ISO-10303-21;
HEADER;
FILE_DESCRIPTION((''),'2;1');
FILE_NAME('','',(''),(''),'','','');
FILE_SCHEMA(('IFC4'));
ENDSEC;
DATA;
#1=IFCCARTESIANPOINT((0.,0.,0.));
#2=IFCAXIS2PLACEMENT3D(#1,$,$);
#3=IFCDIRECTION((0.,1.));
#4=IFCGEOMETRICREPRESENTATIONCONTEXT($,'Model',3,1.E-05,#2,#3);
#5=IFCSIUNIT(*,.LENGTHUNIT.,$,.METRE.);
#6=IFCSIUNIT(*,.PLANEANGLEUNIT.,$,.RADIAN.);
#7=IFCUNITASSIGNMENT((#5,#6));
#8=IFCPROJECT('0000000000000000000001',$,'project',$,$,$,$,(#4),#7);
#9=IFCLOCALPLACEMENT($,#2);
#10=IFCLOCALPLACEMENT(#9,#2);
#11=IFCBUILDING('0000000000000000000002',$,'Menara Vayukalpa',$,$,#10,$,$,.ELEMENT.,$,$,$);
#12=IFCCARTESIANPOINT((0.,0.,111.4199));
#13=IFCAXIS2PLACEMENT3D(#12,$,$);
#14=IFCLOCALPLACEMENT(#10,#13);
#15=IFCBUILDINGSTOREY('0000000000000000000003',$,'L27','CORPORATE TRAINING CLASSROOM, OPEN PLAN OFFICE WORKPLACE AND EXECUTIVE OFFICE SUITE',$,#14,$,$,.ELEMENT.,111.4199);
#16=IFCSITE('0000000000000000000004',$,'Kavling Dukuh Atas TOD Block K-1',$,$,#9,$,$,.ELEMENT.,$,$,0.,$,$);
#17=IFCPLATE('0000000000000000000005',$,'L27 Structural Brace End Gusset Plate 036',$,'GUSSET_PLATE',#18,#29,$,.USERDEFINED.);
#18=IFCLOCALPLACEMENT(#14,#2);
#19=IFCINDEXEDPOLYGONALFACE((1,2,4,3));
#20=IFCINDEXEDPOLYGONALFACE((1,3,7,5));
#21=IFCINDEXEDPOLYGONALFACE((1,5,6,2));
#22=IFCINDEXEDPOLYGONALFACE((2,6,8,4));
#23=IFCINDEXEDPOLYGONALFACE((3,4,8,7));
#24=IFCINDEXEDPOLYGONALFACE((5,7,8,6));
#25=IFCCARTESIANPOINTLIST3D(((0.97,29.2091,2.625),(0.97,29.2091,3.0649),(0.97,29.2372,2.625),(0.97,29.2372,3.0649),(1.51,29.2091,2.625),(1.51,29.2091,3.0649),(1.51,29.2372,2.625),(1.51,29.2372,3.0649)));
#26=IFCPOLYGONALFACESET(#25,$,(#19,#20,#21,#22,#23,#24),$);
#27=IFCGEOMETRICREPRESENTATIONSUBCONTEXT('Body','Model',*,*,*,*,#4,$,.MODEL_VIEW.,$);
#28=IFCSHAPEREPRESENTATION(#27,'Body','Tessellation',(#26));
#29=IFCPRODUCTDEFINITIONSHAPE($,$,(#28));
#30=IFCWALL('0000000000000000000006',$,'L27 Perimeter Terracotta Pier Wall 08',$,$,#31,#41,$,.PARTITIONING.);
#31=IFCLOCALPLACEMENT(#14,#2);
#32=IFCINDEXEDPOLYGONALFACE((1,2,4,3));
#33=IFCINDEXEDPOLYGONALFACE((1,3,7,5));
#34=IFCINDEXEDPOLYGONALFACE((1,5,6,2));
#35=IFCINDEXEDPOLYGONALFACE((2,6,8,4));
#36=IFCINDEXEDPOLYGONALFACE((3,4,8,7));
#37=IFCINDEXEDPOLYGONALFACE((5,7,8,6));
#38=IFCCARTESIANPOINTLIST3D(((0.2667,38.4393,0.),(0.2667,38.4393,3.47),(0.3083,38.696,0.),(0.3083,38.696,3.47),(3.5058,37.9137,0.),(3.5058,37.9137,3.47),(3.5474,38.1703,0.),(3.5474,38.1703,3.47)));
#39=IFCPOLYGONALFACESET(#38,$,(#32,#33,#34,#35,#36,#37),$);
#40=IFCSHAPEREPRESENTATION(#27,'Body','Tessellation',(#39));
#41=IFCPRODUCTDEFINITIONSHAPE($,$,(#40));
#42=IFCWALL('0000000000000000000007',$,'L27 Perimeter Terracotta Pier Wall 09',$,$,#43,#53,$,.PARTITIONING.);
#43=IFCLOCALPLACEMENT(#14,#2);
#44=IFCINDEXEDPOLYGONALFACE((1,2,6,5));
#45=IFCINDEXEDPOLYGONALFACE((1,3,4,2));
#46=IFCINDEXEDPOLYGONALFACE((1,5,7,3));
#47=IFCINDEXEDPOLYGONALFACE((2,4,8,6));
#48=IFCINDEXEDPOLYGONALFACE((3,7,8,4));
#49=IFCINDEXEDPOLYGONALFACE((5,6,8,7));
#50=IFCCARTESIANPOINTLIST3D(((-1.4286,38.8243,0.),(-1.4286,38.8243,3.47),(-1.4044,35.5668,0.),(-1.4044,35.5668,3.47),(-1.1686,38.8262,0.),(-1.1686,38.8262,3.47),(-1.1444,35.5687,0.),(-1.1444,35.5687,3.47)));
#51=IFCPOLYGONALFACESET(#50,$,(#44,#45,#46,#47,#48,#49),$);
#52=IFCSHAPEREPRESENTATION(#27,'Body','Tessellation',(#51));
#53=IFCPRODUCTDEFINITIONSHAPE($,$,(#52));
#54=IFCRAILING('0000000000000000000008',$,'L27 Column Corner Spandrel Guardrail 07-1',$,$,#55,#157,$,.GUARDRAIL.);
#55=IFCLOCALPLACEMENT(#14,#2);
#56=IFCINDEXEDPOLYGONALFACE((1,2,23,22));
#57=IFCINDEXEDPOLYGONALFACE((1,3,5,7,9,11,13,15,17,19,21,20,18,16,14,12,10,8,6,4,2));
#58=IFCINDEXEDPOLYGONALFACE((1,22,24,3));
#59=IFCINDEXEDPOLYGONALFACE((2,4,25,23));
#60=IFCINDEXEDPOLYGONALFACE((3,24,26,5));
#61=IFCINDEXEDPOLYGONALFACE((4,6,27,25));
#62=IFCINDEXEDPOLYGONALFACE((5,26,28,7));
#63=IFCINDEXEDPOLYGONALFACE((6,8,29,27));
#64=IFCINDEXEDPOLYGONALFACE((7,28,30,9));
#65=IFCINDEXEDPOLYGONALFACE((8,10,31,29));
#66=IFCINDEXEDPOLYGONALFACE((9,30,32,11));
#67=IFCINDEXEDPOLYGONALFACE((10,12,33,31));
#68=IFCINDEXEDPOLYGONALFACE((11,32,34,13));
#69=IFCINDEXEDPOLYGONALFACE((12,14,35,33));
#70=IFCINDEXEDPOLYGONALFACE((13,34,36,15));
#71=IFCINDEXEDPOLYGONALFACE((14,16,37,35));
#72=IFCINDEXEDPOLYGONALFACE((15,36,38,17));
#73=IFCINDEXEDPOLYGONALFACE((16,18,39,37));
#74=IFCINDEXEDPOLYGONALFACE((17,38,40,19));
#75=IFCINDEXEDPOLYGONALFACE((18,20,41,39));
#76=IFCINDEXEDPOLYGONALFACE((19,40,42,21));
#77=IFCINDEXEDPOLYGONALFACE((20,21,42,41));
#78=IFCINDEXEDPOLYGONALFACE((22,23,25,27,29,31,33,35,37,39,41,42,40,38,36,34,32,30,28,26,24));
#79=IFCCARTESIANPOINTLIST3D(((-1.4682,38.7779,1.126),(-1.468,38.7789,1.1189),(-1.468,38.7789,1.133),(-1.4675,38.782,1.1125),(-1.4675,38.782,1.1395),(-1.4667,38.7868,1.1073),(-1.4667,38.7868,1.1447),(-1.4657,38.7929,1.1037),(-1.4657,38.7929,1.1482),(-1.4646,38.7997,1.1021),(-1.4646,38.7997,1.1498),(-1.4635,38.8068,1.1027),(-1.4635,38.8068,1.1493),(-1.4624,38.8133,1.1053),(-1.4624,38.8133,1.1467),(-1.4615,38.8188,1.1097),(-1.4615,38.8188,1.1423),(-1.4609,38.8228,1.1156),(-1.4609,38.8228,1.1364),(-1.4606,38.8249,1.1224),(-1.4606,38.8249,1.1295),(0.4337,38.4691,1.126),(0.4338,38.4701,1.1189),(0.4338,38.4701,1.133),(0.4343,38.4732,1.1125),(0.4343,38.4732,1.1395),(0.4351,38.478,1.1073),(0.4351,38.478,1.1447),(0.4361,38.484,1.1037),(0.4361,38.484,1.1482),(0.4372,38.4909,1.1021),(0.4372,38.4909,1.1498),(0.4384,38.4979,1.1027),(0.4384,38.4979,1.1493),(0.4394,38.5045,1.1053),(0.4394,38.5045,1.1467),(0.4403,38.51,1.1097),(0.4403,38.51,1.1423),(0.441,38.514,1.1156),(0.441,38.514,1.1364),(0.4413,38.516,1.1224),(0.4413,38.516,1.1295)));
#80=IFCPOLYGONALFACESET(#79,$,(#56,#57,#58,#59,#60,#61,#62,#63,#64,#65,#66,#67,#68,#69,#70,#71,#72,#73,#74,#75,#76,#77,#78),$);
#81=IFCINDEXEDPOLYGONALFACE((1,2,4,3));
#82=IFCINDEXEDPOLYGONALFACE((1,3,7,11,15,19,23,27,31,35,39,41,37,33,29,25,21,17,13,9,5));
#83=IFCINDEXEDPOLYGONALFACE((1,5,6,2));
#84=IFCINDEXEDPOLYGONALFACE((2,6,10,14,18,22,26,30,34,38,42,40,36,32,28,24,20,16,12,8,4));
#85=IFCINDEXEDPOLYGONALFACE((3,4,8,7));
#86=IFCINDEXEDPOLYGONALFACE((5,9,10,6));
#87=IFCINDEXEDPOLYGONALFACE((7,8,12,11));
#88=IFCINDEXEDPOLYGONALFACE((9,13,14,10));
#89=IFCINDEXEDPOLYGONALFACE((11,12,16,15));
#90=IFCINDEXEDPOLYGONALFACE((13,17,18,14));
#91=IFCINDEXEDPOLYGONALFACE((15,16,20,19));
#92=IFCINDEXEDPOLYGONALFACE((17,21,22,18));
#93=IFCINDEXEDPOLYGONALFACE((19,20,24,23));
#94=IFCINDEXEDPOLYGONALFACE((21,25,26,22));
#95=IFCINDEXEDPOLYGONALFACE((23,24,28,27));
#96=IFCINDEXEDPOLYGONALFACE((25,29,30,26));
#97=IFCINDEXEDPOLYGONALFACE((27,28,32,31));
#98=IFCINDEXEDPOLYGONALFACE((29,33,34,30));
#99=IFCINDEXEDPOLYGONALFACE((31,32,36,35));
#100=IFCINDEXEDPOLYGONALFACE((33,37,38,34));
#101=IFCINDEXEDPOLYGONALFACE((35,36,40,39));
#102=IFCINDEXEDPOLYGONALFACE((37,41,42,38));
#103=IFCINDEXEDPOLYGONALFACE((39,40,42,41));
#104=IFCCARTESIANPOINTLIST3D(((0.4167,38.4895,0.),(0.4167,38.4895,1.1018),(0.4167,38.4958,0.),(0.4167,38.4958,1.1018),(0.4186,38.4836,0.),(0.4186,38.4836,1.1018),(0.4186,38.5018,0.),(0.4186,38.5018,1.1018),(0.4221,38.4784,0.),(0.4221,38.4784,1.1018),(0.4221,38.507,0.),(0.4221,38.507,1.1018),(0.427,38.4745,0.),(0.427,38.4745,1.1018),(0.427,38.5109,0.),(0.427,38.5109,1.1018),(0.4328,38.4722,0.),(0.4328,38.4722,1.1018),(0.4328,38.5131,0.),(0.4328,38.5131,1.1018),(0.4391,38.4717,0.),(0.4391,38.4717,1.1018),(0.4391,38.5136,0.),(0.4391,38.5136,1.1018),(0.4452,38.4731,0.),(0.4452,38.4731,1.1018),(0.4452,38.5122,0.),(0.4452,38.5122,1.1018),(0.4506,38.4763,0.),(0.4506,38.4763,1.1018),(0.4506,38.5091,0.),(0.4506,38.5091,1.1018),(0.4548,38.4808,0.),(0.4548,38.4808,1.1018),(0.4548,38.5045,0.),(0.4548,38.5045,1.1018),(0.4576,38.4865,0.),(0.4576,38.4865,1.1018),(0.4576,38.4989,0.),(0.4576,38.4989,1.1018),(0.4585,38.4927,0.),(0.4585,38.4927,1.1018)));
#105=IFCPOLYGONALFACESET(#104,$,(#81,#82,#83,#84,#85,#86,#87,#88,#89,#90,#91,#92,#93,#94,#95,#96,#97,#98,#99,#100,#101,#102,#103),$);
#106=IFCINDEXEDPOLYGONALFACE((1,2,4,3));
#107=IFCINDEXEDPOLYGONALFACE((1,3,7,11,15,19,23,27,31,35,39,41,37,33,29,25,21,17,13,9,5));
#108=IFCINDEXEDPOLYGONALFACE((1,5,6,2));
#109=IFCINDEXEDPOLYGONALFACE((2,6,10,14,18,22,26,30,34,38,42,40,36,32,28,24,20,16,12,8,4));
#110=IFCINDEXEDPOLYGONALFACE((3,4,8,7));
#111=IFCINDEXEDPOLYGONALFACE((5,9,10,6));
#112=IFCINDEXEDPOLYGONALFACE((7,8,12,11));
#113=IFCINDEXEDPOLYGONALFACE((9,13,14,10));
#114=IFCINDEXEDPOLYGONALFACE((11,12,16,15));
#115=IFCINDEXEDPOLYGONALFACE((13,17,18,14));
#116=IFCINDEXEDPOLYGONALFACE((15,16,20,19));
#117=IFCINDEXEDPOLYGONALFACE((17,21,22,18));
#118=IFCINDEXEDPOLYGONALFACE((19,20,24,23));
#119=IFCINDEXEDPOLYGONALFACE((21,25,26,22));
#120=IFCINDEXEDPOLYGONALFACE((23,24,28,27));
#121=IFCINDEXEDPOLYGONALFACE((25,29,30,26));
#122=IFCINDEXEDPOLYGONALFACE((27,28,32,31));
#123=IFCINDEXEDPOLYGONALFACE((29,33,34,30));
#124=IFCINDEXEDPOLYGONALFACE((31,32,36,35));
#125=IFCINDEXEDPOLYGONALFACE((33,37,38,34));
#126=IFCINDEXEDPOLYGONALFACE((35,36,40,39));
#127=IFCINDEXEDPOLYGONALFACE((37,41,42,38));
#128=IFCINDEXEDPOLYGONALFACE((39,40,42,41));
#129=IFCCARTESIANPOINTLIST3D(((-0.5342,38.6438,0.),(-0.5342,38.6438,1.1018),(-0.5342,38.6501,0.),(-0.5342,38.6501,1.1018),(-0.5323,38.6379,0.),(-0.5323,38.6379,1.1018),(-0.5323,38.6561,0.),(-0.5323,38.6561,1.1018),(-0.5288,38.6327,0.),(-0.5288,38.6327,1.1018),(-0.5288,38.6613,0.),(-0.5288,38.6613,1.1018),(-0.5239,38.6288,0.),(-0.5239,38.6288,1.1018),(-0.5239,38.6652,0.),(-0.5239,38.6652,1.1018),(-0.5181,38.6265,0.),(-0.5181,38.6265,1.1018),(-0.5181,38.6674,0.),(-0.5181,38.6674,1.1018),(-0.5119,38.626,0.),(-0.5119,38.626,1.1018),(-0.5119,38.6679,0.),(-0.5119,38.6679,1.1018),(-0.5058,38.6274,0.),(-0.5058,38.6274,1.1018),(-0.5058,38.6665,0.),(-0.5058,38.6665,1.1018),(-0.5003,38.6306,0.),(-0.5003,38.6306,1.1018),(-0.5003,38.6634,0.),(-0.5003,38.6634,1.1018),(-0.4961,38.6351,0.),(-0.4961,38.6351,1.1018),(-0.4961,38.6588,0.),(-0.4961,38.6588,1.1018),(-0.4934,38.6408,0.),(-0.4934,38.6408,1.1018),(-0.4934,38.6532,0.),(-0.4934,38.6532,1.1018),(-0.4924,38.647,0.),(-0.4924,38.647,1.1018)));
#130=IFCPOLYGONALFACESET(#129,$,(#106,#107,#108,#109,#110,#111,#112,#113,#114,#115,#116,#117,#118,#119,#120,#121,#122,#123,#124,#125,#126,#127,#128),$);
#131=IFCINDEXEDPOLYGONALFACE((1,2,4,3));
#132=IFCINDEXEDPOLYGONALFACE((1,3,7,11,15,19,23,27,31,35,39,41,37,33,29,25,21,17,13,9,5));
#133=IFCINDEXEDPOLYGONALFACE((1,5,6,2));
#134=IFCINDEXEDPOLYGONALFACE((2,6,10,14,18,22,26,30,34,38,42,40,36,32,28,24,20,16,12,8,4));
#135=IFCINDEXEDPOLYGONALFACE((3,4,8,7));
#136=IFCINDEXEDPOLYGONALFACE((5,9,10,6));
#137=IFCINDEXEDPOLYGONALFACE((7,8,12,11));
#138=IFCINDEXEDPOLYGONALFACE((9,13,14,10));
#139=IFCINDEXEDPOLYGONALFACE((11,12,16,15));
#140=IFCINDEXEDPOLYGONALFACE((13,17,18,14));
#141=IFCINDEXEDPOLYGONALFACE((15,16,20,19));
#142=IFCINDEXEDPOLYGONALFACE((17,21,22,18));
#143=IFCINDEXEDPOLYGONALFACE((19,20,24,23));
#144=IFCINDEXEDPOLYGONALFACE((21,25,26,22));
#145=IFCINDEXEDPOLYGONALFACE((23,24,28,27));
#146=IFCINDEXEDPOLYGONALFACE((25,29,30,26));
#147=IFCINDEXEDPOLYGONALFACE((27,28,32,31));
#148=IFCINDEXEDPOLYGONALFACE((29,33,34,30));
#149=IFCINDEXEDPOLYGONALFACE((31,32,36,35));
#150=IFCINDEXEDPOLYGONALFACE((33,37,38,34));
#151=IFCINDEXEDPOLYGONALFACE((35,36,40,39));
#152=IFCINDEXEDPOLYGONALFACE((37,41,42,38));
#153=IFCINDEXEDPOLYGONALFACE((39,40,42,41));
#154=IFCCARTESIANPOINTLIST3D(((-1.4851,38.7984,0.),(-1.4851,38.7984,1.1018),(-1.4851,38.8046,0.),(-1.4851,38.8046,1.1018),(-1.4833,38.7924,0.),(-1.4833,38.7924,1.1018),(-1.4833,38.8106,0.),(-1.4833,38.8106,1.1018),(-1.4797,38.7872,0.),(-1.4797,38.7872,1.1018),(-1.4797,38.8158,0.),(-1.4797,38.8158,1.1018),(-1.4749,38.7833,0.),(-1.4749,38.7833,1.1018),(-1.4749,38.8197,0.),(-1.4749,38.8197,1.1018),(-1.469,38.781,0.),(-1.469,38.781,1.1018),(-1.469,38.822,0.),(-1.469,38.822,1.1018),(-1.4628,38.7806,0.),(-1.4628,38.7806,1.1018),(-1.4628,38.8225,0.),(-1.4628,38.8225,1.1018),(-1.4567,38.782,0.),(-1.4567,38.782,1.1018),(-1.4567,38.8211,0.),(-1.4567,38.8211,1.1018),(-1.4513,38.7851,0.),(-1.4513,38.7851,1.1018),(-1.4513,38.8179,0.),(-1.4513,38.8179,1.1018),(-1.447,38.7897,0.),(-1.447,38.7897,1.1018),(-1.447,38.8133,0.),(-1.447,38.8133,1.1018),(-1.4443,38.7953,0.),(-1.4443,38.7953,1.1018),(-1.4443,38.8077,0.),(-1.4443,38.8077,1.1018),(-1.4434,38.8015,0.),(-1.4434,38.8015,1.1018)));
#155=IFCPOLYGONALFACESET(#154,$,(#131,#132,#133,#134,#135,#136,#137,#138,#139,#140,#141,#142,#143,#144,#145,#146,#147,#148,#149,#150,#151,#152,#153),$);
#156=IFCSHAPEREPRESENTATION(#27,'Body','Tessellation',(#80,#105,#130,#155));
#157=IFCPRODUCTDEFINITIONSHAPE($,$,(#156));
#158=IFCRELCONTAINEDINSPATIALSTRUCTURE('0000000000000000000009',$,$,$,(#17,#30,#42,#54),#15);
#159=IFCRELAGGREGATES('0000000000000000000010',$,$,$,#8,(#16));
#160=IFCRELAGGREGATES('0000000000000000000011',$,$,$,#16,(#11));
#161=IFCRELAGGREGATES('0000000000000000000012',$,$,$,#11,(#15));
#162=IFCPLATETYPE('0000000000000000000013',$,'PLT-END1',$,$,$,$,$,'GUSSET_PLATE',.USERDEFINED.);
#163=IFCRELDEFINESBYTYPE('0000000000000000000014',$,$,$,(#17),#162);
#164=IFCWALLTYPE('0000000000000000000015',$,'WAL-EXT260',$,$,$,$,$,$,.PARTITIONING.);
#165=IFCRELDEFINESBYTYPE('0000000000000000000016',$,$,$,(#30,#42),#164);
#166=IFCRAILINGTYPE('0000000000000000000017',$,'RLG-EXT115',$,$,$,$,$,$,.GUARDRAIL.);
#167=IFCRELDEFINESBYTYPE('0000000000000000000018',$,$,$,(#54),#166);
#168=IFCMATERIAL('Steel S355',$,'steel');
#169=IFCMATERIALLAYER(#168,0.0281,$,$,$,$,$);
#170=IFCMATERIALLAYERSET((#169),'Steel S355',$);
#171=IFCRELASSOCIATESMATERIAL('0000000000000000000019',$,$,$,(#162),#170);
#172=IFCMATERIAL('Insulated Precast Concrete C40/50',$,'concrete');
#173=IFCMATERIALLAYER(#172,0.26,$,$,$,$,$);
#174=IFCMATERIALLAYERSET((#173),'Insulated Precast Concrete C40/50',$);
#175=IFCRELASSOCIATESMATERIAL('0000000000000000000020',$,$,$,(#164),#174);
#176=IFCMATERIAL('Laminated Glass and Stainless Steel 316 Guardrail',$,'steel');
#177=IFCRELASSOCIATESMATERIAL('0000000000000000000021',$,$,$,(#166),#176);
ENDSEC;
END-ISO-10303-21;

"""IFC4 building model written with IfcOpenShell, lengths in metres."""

from ifc_helpers import new_model, si_unit, direction, frame, frame_2d, origin, origin_2d, place, context, subcontext, project, spatial, rectangle, circle, extrude, material, layer, layer_set, type_object, element, save


model = new_model("IFC4")

# Units and contexts
model_context = context("Model", 3, precision=1e-05, world=origin(), true_north=direction((0.0, 1.0)))
body_context = subcontext(model_context, "Body", "Model", "MODEL_VIEW")
ifc_project = project(units=[si_unit("LENGTHUNIT", "METRE"), si_unit("PLANEANGLEUNIT", "RADIAN")], contexts=[model_context])

# Site, building, storey
site_placement = place(None, origin())
site = spatial("IfcSite", under=ifc_project, at=site_placement, Name="Kavling Dukuh Atas TOD Block K-1", CompositionType="ELEMENT", RefElevation=0.0)
building_placement = place(site_placement, origin())
building = spatial("IfcBuilding", under=site, at=building_placement, Name="Menara Vayukalpa", CompositionType="ELEMENT")
storey_placement = place(building_placement, frame((0.0, 0.0, 111.4199)))
storey = spatial("IfcBuildingStorey", under=building, at=storey_placement, Name="L27", Description="CORPORATE TRAINING CLASSROOM, OPEN PLAN OFFICE WORKPLACE AND EXECUTIVE OFFICE SUITE", CompositionType="ELEMENT", Elevation=111.4199)

# Plate
ifc_material_1 = material(Name="Steel S355", Category="steel")
ifc_layer_1 = layer(ifc_material_1, 0.0281)
ifc_layer_set_1 = layer_set([ifc_layer_1], Name="Steel S355")
plate_type_1 = type_object("IfcPlateType", Name="PLT-END1", ElementType="GUSSET_PLATE", PredefinedType="USERDEFINED", material=ifc_layer_set_1)
plate_1_placement = place(storey_placement, frame((1.24, 29.2231, 2.625), z_axis=(0.0, 0.0, 1.0), x_axis=(1.0, 0.0, 0.0)))
element("IfcPlate", 1, at=plate_1_placement, inside=storey, type_object=plate_type_1, Name="L27 Structural Brace End Gusset Plate 036", ObjectType="GUSSET_PLATE", PredefinedType="USERDEFINED", context=body_context, shape_type="SweptSolid", body=[
    extrude(rectangle(XDim=0.54, YDim=0.0281, at=origin_2d()), origin(), (0.0, 0.0, 1.0), 0.4399),
])

# Walls
ifc_material_2 = material(Name="Insulated Precast Concrete C40/50", Category="concrete")
ifc_layer_2 = layer(ifc_material_2, 0.26)
ifc_layer_set_2 = layer_set([ifc_layer_2], Name="Insulated Precast Concrete C40/50")
wall_type = type_object("IfcWallType", Name="WAL-EXT260", PredefinedType="PARTITIONING", material=ifc_layer_set_2)
wall_1_placement = place(storey_placement, frame((0.2876, 38.5676, 0.0), z_axis=(0.0, 0.0, 1.0), x_axis=(0.987087, -0.160187, 0.0)))
element("IfcWall", 2, at=wall_1_placement, inside=storey, type_object=wall_type, Name="L27 Perimeter Terracotta Pier Wall 08", PredefinedType="PARTITIONING", context=body_context, shape_type="SweptSolid", body=[
    extrude(rectangle(XDim=3.2815, YDim=0.26, at=frame_2d((1.6406, 0.0))), origin(), (0.0, 0.0, 1.0), 3.47),
])
wall_2_placement = place(storey_placement, frame((-1.2744, 35.5676, 0.0), z_axis=(0.0, 0.0, 1.0), x_axis=(-0.007419, 0.999972, 0.0)))
element("IfcWall", 3, at=wall_2_placement, inside=storey, type_object=wall_type, Name="L27 Perimeter Terracotta Pier Wall 09", PredefinedType="PARTITIONING", context=body_context, shape_type="SweptSolid", body=[
    extrude(rectangle(XDim=3.2576, YDim=0.26, at=frame_2d((1.6289, 0.0))), origin(), (0.0, 0.0, 1.0), 3.47),
])

# Railing
ifc_material_3 = material(Name="Laminated Glass and Stainless Steel 316 Guardrail", Category="steel")
railing_type = type_object("IfcRailingType", Name="RLG-EXT115", PredefinedType="GUARDRAIL", material=ifc_material_3)
railing_placement = place(storey_placement, frame((0.4375, 38.4927, 0.0)))
element("IfcRailing", 4, at=railing_placement, inside=storey, type_object=railing_type, Name="L27 Column Corner Spandrel Guardrail 07-1", PredefinedType="GUARDRAIL", context=body_context, shape_type="SweptSolid", body=[
    extrude(circle(Radius=0.0239, at=origin_2d()), frame((0.0, 0.0, 1.126), z_axis=(-0.98707, 0.160288, 0.0), x_axis=(-0.160288, -0.98707, 0.0)), (0.0, 0.0, 1.0), 1.9268),
    extrude(circle(Radius=0.021, at=origin_2d()), origin(), (0.0, 0.0, 1.0), 1.1018),
    extrude(circle(Radius=0.021, at=origin_2d()), frame((-0.9509, 0.1543, 0.0)), (0.0, 0.0, 1.0), 1.1018),
    extrude(circle(Radius=0.021, at=origin_2d()), frame((-1.9019, 0.3088, 0.0)), (0.0, 0.0, 1.0), 1.1018),
])

save(model, "model.ifc")
